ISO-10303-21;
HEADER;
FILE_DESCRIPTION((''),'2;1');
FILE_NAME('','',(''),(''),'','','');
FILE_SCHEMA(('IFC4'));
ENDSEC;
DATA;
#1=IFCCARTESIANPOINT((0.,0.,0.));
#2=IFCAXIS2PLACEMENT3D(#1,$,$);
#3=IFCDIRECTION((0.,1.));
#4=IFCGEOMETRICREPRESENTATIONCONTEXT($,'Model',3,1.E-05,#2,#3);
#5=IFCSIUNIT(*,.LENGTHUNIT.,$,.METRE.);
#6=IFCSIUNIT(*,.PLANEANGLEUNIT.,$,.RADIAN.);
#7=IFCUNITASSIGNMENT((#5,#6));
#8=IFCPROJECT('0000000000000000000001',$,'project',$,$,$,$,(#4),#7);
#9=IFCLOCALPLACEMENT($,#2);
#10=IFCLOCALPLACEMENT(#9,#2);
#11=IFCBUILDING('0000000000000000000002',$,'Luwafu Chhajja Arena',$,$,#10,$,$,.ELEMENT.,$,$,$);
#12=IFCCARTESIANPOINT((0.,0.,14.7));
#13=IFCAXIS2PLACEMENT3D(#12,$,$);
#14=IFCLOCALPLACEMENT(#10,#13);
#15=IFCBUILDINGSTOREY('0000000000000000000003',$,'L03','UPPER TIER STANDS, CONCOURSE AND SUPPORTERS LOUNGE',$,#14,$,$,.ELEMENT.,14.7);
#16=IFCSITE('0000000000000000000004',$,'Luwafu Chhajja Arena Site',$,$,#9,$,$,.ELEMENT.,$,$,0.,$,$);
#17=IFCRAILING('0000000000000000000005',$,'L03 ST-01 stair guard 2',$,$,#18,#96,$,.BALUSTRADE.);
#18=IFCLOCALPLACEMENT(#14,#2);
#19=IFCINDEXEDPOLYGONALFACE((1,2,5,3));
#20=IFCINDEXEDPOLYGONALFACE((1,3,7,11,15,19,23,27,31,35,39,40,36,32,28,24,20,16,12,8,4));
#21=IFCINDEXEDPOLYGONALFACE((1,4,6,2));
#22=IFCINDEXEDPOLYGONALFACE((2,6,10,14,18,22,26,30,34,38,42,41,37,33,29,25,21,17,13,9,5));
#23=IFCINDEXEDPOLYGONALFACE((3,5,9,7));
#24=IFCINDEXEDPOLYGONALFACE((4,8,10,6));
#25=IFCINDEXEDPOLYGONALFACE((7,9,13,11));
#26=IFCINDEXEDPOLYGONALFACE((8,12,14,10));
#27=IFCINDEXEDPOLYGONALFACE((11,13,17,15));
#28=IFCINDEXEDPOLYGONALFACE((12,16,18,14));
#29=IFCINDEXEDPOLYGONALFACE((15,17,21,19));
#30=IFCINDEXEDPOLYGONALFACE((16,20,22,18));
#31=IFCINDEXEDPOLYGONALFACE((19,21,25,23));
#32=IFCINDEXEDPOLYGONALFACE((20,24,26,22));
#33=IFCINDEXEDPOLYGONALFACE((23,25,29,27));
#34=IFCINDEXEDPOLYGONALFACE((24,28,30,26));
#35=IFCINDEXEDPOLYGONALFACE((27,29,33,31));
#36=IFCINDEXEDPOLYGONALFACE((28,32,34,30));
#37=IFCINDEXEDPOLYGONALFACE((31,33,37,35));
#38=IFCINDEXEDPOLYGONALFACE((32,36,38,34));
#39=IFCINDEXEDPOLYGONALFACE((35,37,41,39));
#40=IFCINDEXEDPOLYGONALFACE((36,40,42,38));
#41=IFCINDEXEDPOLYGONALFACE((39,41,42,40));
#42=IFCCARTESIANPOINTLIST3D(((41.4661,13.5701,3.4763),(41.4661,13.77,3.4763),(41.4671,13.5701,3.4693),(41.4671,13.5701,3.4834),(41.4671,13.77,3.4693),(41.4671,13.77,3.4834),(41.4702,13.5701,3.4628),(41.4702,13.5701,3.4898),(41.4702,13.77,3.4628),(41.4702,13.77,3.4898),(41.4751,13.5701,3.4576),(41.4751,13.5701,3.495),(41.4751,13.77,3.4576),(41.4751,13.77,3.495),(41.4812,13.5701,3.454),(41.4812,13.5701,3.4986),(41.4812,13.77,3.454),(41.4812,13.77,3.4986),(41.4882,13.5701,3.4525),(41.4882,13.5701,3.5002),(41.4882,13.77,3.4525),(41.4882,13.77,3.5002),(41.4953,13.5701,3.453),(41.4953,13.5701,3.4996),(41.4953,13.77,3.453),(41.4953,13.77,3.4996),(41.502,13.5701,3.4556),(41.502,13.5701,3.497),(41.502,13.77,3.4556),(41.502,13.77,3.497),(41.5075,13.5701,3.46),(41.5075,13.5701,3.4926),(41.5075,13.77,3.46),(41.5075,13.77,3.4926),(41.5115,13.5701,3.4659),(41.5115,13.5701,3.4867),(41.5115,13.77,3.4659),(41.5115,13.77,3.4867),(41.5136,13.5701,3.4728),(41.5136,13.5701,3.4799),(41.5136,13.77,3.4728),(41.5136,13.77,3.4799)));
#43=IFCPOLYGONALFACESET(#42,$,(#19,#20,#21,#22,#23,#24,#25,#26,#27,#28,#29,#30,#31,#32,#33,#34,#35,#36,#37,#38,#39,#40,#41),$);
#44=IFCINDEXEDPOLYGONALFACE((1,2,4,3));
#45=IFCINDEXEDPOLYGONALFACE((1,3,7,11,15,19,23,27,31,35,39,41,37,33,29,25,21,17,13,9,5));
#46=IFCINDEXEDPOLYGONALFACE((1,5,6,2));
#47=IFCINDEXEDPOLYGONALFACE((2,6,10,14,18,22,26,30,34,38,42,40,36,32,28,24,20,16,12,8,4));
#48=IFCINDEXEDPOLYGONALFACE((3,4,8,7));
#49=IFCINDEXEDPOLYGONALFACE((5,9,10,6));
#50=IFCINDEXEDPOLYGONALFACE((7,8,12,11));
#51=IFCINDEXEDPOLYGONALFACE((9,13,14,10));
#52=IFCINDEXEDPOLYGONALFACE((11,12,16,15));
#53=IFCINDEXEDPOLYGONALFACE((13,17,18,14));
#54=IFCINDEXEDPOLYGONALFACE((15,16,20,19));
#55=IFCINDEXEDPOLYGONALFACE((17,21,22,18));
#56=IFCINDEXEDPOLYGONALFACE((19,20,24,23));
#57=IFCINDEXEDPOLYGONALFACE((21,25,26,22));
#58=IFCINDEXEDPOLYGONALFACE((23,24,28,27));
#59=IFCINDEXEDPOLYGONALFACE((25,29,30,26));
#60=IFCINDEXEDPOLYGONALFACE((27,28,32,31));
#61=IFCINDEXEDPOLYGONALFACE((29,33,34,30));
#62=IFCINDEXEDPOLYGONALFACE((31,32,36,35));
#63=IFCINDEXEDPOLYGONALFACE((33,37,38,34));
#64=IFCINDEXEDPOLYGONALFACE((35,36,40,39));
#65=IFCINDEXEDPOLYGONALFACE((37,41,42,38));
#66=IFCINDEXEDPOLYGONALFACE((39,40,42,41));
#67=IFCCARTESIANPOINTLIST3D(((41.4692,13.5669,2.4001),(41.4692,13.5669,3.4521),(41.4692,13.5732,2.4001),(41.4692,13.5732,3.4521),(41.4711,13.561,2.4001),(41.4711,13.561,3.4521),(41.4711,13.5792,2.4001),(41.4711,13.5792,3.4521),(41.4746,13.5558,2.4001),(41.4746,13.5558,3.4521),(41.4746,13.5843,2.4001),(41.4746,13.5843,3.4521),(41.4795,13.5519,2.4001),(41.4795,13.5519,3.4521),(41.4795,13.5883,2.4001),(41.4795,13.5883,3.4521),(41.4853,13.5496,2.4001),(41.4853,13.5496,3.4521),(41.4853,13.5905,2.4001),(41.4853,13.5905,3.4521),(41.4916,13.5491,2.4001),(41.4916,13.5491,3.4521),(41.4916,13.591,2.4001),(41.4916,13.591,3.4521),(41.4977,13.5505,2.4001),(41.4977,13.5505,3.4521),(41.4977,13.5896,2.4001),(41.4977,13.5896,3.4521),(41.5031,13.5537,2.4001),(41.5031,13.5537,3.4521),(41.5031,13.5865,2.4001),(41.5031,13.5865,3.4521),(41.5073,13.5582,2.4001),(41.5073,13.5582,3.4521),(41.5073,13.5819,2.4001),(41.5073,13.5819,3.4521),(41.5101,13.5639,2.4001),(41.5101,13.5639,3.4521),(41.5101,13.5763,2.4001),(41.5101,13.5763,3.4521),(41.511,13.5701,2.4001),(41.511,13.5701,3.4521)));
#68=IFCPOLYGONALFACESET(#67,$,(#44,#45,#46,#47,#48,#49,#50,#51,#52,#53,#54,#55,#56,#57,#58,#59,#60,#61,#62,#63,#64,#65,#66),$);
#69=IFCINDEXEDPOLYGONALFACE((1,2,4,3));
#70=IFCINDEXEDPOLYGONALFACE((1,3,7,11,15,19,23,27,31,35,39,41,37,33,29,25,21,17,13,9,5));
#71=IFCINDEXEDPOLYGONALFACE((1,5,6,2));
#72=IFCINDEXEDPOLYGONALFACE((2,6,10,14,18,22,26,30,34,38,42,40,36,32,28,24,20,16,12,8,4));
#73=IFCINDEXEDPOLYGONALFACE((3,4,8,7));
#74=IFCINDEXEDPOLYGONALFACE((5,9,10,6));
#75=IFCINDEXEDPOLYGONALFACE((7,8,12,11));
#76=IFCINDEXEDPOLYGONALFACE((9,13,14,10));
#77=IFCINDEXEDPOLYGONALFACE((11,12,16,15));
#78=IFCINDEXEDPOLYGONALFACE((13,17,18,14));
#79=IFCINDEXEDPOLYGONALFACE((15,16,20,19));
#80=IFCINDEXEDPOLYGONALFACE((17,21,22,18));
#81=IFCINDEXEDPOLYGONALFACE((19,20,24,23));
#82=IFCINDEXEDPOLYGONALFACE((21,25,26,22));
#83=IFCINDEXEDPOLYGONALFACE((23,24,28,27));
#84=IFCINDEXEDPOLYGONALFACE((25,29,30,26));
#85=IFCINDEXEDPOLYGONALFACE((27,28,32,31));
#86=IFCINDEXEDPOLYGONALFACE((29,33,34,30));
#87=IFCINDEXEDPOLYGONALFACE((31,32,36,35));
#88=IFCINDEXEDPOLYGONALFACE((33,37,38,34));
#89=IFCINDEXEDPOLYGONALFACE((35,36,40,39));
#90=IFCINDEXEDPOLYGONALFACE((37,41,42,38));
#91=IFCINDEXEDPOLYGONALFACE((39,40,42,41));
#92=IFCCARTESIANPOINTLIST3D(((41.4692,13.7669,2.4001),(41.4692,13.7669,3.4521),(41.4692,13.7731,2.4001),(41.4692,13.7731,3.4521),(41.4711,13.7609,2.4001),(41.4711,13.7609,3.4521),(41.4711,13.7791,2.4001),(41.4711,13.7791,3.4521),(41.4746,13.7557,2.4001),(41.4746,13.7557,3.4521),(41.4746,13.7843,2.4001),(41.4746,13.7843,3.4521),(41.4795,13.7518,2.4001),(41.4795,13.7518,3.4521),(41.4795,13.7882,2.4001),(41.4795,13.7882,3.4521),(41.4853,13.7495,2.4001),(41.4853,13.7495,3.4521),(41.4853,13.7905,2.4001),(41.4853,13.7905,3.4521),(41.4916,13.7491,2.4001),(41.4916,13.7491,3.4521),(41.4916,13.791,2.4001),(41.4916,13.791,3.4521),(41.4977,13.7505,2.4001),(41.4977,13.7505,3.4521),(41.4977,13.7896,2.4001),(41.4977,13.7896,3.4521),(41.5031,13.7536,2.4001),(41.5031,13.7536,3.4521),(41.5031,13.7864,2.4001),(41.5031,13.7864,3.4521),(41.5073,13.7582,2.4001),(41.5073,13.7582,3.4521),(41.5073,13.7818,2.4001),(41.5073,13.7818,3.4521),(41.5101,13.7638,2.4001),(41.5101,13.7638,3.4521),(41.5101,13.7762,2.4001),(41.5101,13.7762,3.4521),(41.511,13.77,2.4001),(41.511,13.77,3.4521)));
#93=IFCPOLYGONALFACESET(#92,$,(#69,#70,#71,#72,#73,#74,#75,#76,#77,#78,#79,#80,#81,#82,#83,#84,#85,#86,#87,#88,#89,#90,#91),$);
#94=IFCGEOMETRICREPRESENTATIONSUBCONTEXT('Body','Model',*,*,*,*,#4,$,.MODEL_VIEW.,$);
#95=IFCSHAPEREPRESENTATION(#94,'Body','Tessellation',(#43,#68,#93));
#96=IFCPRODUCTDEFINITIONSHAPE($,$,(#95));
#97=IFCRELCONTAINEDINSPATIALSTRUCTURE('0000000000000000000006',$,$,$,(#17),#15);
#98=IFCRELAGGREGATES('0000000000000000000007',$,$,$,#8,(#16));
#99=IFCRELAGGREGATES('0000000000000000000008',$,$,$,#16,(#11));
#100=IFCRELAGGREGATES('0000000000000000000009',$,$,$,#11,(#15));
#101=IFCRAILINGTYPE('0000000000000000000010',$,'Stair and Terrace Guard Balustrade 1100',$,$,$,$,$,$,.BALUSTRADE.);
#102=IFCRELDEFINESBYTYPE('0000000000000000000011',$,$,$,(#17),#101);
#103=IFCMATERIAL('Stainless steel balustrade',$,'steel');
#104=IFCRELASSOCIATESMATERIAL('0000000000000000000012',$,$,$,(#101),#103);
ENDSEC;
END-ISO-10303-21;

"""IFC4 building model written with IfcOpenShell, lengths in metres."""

from ifc_helpers import new_model, si_unit, direction, frame, origin, origin_2d, place, context, subcontext, project, spatial, circle, extrude, material, type_object, element, save


model = new_model("IFC4")

# Units and contexts
model_context = context("Model", 3, precision=1e-05, world=origin(), true_north=direction((0.0, 1.0)))
body_context = subcontext(model_context, "Body", "Model", "MODEL_VIEW")
ifc_project = project(units=[si_unit("LENGTHUNIT", "METRE"), si_unit("PLANEANGLEUNIT", "RADIAN")], contexts=[model_context])

# Site, building, storey
site_placement = place(None, origin())
site = spatial("IfcSite", under=ifc_project, at=site_placement, Name="Luwafu Chhajja Arena Site", CompositionType="ELEMENT", RefElevation=0.0)
building_placement = place(site_placement, origin())
building = spatial("IfcBuilding", under=site, at=building_placement, Name="Luwafu Chhajja Arena", CompositionType="ELEMENT")
storey_placement = place(building_placement, frame((0.0, 0.0, 14.7)))
storey = spatial("IfcBuildingStorey", under=building, at=storey_placement, Name="L03", Description="UPPER TIER STANDS, CONCOURSE AND SUPPORTERS LOUNGE", CompositionType="ELEMENT", Elevation=14.7)

# Railing
ifc_material_1 = material(Name="Stainless steel balustrade", Category="steel")
railing_type_1 = type_object("IfcRailingType", Name="Stair and Terrace Guard Balustrade 1100", PredefinedType="BALUSTRADE", material=ifc_material_1)
railing_1_placement = place(storey_placement, frame((41.49, 13.5701, 2.4001)))
element("IfcRailing", 1, at=railing_1_placement, inside=storey, type_object=railing_type_1, Name="L03 ST-01 stair guard 2", PredefinedType="BALUSTRADE", context=body_context, shape_type="SweptSolid", body=[
    extrude(circle(Radius=0.0239, at=origin_2d()), frame((0.0, 0.0, 1.0762), z_axis=(0.0, 1.0, 0.0), x_axis=(-1.0, 0.0, 0.0)), (0.0, 0.0, 1.0), 0.2),
    extrude(circle(Radius=0.021, at=origin_2d()), origin(), (0.0, 0.0, 1.0), 1.052),
    extrude(circle(Radius=0.021, at=origin_2d()), frame((0.0, 0.2, 0.0)), (0.0, 0.0, 1.0), 1.052),
])

save(model, "model.ifc")
